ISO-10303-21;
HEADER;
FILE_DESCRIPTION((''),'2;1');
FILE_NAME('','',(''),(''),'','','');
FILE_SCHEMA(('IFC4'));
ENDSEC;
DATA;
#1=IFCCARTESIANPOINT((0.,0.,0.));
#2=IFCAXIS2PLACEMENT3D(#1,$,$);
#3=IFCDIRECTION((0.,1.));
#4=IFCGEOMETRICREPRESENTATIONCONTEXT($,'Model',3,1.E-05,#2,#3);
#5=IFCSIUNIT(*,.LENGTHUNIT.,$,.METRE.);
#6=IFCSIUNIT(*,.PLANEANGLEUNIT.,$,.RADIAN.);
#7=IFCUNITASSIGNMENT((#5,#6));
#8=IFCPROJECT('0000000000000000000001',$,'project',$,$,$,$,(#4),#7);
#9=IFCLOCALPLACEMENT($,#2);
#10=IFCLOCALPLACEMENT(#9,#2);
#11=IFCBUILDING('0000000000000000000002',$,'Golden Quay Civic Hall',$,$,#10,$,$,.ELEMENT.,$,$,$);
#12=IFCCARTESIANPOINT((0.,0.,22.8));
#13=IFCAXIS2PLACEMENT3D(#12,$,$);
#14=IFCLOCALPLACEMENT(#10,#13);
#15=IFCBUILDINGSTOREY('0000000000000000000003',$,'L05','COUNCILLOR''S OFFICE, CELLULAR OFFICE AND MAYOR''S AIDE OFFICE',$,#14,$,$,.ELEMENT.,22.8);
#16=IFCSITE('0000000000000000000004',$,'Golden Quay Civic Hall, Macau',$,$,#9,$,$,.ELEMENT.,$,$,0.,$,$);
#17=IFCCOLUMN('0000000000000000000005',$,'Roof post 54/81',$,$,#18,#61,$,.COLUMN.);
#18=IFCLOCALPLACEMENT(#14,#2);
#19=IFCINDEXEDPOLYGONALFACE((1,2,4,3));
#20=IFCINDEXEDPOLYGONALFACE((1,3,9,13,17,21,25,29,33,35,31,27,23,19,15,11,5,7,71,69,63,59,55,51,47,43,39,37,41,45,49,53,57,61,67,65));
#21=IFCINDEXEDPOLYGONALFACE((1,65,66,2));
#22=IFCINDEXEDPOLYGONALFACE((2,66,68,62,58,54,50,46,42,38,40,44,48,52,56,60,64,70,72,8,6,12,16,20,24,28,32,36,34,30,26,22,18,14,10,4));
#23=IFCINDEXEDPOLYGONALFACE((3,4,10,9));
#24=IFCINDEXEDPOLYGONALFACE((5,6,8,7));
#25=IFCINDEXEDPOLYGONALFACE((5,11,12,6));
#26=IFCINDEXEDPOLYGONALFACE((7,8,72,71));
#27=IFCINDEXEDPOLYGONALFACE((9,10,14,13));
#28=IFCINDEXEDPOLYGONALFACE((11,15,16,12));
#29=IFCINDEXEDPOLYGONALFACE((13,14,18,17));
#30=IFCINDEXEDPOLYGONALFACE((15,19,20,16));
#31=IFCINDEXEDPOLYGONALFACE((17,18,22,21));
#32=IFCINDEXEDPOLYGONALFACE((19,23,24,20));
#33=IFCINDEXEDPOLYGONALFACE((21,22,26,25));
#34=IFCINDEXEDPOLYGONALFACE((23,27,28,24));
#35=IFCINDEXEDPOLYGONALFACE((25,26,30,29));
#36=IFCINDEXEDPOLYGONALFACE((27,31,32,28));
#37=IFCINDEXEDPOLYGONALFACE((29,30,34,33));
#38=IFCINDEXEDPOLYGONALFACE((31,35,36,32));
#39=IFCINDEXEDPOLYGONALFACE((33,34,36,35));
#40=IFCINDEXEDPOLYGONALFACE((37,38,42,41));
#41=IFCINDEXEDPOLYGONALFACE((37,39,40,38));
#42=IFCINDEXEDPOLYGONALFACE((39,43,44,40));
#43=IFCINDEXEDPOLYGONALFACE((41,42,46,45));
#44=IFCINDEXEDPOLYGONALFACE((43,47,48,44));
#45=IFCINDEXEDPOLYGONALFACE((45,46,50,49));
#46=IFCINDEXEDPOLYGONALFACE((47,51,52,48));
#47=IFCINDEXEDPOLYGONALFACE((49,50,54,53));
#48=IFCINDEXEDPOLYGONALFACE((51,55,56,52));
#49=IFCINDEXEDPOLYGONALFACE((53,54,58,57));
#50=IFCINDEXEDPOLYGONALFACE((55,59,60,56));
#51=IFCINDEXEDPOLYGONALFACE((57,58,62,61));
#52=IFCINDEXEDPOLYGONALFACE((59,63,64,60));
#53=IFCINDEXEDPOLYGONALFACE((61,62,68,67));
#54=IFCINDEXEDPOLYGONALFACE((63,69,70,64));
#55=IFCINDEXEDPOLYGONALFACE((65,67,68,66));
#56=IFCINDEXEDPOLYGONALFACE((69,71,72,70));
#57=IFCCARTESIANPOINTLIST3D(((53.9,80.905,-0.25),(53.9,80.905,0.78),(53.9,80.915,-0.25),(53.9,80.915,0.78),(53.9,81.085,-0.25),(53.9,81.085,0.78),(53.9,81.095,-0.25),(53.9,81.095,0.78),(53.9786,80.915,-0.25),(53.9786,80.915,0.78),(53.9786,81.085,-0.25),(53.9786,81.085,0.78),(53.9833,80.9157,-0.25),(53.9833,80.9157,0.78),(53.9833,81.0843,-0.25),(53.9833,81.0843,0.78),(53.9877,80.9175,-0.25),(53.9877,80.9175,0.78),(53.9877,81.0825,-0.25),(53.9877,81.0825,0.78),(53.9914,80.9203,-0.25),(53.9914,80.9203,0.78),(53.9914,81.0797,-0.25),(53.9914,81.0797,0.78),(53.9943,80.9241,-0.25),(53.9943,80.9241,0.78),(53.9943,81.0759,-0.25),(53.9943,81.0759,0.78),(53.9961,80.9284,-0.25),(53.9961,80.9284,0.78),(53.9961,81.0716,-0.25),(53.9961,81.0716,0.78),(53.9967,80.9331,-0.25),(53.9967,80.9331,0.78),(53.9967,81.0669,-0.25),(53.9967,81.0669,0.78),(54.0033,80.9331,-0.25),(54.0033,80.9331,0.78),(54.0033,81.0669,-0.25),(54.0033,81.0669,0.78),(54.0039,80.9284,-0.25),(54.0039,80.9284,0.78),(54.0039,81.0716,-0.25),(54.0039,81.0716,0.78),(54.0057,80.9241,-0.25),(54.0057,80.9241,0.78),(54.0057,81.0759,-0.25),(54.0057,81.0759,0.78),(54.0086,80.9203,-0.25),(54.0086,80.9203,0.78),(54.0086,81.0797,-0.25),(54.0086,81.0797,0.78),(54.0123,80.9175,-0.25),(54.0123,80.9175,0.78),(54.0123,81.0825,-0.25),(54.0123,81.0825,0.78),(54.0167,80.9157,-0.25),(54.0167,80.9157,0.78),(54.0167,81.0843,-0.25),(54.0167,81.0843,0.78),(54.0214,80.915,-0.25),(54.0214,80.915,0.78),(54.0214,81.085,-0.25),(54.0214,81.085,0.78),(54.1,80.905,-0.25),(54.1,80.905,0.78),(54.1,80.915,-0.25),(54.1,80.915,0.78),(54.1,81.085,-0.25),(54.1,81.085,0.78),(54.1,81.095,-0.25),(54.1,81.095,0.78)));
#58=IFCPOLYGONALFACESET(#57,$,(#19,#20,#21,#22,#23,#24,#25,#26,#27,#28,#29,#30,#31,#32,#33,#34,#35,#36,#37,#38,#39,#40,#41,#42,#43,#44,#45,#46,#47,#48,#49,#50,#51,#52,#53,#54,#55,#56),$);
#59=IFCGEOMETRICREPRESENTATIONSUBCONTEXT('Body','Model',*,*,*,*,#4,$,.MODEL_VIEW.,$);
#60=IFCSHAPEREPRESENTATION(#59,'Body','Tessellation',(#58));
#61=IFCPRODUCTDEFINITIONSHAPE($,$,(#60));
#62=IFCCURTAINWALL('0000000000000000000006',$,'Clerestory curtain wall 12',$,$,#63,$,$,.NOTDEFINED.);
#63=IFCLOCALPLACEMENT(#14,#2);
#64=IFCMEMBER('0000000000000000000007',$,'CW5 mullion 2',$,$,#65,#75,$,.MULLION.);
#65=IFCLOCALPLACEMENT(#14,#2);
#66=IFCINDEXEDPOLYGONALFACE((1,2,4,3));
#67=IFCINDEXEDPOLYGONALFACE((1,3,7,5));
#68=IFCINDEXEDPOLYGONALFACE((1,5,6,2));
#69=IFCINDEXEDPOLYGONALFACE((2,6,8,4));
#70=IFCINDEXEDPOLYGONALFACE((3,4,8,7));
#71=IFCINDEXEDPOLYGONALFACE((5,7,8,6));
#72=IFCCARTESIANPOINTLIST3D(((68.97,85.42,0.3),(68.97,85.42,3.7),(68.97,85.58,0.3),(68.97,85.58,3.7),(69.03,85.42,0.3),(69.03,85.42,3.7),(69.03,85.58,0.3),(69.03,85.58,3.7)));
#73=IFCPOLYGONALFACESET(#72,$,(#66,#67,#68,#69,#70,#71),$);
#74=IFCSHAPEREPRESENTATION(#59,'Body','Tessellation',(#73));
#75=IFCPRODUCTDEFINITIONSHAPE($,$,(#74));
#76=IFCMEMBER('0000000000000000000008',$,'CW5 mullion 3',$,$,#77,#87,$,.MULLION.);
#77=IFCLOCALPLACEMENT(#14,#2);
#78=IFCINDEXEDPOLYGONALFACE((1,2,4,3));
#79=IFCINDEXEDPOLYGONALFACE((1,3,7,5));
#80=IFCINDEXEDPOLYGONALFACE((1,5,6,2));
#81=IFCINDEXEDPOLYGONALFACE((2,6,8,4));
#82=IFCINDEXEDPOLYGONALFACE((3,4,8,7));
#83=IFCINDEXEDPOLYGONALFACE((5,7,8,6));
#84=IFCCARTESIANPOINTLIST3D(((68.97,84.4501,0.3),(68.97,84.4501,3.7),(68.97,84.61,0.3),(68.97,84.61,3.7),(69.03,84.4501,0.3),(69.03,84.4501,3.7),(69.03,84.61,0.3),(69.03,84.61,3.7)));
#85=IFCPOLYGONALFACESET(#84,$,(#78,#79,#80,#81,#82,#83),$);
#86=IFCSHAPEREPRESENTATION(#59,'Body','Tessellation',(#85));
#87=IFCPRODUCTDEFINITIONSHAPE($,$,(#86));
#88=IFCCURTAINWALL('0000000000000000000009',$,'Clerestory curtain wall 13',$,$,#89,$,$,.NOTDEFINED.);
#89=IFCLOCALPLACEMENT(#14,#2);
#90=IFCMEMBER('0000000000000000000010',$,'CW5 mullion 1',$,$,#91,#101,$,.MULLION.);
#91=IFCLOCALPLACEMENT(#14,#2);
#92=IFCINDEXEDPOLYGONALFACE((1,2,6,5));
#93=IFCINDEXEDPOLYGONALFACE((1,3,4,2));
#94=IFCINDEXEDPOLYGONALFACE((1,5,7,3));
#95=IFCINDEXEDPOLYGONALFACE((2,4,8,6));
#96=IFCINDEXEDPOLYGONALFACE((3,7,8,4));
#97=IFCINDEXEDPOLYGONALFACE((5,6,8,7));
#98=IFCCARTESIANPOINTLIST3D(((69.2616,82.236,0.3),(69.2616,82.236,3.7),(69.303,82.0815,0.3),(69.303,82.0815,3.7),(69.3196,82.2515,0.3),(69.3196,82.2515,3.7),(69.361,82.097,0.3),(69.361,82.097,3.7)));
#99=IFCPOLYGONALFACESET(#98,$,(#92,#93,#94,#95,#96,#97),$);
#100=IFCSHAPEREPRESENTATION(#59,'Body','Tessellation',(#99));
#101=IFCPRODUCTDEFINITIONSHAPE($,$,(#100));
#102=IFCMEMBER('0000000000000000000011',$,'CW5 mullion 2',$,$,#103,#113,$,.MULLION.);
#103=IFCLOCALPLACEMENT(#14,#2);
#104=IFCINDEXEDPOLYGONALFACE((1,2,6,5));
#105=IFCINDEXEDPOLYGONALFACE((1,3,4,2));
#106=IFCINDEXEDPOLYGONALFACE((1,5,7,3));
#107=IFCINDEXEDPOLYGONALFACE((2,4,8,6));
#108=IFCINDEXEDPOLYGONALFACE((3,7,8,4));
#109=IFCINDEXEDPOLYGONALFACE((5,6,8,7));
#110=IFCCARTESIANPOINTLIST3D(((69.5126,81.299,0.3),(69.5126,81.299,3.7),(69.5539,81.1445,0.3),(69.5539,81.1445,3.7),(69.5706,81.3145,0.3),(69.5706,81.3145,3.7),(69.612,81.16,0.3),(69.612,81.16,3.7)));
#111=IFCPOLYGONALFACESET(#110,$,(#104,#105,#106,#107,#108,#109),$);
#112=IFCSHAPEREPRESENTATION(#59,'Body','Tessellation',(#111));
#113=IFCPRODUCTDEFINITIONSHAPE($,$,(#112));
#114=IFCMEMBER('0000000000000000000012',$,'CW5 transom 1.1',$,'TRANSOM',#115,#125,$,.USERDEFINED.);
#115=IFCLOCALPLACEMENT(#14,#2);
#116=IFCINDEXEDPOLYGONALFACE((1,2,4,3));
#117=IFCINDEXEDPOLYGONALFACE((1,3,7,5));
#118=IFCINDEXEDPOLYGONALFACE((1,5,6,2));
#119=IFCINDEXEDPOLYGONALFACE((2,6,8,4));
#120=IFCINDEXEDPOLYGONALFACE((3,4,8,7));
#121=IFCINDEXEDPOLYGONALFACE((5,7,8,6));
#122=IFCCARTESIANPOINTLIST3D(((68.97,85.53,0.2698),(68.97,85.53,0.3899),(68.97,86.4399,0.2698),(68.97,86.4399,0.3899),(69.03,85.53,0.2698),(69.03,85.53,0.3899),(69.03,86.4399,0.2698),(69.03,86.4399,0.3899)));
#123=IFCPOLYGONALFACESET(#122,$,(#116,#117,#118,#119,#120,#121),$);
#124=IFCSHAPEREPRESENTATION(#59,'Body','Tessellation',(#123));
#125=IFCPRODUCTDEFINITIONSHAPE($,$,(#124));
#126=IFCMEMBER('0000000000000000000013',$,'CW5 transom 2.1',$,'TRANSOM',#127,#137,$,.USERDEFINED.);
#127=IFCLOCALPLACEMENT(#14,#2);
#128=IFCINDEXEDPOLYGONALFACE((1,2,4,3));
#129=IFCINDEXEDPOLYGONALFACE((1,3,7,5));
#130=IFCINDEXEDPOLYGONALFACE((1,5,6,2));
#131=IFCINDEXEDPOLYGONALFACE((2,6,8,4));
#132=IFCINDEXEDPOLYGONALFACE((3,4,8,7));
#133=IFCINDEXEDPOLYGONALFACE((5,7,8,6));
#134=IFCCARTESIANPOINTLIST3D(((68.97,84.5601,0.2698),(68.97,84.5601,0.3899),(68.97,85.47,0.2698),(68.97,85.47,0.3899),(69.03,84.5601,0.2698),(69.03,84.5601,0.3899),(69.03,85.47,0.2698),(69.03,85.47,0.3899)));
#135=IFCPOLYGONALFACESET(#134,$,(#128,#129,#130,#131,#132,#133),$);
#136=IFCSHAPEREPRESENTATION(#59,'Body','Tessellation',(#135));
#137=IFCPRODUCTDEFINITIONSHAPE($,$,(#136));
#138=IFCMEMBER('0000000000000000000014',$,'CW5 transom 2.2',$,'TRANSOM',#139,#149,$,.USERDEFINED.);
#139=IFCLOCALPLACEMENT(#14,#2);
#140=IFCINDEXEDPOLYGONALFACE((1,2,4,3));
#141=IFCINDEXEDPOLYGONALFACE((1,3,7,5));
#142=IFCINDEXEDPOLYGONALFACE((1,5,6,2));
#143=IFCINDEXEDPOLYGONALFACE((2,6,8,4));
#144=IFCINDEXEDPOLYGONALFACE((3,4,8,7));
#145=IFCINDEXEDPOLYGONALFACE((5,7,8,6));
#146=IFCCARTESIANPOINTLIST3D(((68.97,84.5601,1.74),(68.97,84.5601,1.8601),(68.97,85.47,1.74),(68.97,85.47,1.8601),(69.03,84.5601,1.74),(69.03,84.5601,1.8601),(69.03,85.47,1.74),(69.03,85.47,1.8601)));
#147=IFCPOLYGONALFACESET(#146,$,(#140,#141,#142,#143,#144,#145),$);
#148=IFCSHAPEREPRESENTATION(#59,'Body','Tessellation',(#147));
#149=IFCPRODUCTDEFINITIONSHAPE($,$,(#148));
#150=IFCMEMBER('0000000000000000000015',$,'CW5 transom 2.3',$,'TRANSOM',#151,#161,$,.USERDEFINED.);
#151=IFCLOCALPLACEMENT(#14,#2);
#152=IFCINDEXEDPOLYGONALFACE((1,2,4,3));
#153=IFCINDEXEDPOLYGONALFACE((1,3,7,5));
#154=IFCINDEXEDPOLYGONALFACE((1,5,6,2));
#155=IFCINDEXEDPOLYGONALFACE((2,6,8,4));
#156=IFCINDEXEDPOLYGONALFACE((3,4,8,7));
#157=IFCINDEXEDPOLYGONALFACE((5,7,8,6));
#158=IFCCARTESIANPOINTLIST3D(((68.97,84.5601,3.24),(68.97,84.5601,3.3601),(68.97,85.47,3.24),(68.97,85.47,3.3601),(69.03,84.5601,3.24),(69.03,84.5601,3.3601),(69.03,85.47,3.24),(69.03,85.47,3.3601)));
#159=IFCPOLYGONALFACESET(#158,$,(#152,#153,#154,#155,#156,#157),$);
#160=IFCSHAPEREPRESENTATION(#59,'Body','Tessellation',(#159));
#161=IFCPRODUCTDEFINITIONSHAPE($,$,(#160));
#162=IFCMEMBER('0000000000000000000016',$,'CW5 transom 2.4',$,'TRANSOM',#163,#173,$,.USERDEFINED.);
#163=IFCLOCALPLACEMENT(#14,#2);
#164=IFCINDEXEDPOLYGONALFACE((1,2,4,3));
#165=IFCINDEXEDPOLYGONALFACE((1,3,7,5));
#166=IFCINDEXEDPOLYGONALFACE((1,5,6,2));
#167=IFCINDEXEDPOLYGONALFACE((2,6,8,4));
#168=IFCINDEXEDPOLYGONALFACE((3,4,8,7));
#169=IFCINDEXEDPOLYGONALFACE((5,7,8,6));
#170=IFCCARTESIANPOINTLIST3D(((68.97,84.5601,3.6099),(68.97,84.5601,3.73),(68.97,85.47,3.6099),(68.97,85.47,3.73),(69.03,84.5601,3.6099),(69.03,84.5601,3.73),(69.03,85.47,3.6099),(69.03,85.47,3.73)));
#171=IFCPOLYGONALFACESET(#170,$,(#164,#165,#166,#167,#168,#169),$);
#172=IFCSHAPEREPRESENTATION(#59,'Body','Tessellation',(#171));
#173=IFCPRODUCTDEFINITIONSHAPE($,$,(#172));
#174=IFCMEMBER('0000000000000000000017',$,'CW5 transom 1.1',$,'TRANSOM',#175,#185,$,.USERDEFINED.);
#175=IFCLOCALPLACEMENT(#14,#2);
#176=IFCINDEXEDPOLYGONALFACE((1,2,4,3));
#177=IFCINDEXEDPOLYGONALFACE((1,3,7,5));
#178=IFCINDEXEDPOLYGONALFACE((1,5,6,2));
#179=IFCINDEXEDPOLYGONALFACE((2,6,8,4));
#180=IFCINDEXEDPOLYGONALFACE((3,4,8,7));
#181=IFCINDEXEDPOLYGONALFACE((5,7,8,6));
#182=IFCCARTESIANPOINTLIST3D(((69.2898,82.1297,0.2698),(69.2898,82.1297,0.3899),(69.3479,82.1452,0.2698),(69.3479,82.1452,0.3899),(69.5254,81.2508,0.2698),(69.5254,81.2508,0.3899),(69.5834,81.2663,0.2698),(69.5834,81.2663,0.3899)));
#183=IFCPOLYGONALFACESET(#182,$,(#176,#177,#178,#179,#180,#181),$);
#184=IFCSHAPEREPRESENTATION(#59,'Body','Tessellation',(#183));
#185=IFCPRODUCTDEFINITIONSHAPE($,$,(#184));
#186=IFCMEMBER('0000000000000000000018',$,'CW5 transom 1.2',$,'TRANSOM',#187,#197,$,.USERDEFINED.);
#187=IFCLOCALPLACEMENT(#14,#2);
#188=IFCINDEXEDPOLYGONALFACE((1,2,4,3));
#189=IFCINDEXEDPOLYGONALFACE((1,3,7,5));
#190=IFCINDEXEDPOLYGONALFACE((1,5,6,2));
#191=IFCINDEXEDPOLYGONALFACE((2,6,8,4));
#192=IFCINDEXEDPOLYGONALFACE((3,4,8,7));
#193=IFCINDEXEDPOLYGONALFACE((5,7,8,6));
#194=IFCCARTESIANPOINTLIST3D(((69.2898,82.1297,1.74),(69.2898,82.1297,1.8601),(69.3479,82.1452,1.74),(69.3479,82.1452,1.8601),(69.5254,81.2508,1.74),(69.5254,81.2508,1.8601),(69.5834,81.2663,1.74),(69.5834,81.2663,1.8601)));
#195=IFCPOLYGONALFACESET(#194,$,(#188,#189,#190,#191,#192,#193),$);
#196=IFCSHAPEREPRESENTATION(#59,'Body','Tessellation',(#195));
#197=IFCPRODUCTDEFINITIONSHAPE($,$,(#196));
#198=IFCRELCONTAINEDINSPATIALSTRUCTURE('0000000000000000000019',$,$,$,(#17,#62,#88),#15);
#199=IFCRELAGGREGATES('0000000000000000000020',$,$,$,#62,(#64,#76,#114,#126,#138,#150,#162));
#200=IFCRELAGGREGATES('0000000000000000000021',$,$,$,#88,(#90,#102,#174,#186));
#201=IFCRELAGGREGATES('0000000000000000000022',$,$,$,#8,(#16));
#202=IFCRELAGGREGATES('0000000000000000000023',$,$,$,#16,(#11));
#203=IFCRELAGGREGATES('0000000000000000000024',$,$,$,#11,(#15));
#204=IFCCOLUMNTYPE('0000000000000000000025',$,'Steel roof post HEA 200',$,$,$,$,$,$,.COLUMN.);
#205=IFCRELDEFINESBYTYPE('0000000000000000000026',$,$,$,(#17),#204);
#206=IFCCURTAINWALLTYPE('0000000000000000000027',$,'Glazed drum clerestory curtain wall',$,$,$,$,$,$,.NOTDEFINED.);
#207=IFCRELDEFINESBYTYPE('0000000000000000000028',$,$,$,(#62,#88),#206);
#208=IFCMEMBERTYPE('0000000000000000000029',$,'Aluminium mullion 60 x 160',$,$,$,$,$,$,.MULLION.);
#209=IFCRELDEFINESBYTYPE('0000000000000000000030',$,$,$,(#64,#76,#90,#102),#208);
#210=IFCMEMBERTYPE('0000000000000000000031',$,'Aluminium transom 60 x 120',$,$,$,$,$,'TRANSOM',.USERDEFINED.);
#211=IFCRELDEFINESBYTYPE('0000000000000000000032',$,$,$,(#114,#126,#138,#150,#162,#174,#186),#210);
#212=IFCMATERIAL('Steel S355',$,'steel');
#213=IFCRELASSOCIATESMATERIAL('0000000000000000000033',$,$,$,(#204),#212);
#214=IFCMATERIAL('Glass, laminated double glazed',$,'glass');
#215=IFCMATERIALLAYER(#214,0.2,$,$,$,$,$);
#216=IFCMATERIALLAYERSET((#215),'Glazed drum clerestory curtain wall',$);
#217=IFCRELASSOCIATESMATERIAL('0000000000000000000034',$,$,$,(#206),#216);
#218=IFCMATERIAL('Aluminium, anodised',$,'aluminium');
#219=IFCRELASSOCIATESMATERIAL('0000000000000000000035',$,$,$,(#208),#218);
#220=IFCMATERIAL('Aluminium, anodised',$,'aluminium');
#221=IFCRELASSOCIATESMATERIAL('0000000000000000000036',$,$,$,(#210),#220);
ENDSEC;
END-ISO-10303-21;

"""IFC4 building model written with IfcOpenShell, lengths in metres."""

from ifc_helpers import new_model, si_unit, direction, frame, origin, origin_2d, place, context, subcontext, project, spatial, rectangle, i_section, extrude, material, layer, layer_set, material_profile, profile_set, type_object, element, aggregate, save


model = new_model("IFC4")

# Units and contexts
model_context = context("Model", 3, precision=1e-05, world=origin(), true_north=direction((0.0, 1.0)))
body_context = subcontext(model_context, "Body", "Model", "MODEL_VIEW")
ifc_project = project(units=[si_unit("LENGTHUNIT", "METRE"), si_unit("PLANEANGLEUNIT", "RADIAN")], contexts=[model_context])

# Site, building, storey
site_placement = place(None, origin())
site = spatial("IfcSite", under=ifc_project, at=site_placement, Name="Golden Quay Civic Hall, Macau", CompositionType="ELEMENT", RefElevation=0.0)
building_placement = place(site_placement, origin())
building = spatial("IfcBuilding", under=site, at=building_placement, Name="Golden Quay Civic Hall", CompositionType="ELEMENT")
storey_placement = place(building_placement, frame((0.0, 0.0, 22.8)))
storey = spatial("IfcBuildingStorey", under=building, at=storey_placement, Name="L05", Description="COUNCILLOR'S OFFICE, CELLULAR OFFICE AND MAYOR'S AIDE OFFICE", CompositionType="ELEMENT", Elevation=22.8)

# Column
ifc_material_1 = material(Name="Steel S355", Category="steel")
ifc_material_profile_1 = material_profile(ifc_material_1, i_section(OverallWidth=0.2, OverallDepth=0.1899, WebThickness=0.0066, FlangeThickness=0.01, FilletRadius=0.0181, at=origin_2d()), Name="HEA 200")
ifc_profile_set_1 = profile_set([ifc_material_profile_1], Name="Steel S355")
column_type = type_object("IfcColumnType", Name="Steel roof post HEA 200", PredefinedType="COLUMN", material=ifc_profile_set_1)
column_placement = place(storey_placement, frame((54.0, 81.0, -0.25), z_axis=(0.0, 0.0, 1.0), x_axis=(1.0, 0.0, 0.0)))
element("IfcColumn", 1, at=column_placement, inside=storey, type_object=column_type, Name="Roof post 54/81", PredefinedType="COLUMN", context=body_context, shape_type="SweptSolid", body=[
    extrude(i_section(OverallWidth=0.2, OverallDepth=0.1899, WebThickness=0.0066, FlangeThickness=0.01, FilletRadius=0.0181, at=origin_2d()), origin(), (0.0, 0.0, 1.0), 1.03),
])

# Curtain walls, members
ifc_material_2 = material(Name="Glass, laminated double glazed", Category="glass")
ifc_layer_1 = layer(ifc_material_2, 0.2)
ifc_layer_set_1 = layer_set([ifc_layer_1], Name="Glazed drum clerestory curtain wall")
curtain_wall_type = type_object("IfcCurtainWallType", Name="Glazed drum clerestory curtain wall", PredefinedType="NOTDEFINED", material=ifc_layer_set_1)
curtain_wall_1_placement = place(storey_placement, origin())
curtain_wall_1 = element("IfcCurtainWall", 2, at=curtain_wall_1_placement, inside=storey, type_object=curtain_wall_type, Name="Clerestory curtain wall 12", PredefinedType="NOTDEFINED")
ifc_material_3 = material(Name="Aluminium, anodised", Category="aluminium")
ifc_material_profile_2 = material_profile(ifc_material_3, rectangle(XDim=0.0601, YDim=0.1599, at=origin_2d()), Name="Aluminium 60 x 160")
ifc_profile_set_2 = profile_set([ifc_material_profile_2], Name="Aluminium, anodised")
member_type_1 = type_object("IfcMemberType", Name="Aluminium mullion 60 x 160", PredefinedType="MULLION", material=ifc_profile_set_2)
member_1_placement = place(storey_placement, frame((69.0, 85.5, 0.3), z_axis=(0.0, 0.0, 1.0), x_axis=(1.0, 0.0, 0.0)))
member_1 = element("IfcMember", 3, at=member_1_placement, type_object=member_type_1, Name="CW5 mullion 2", PredefinedType="MULLION", context=body_context, shape_type="SweptSolid", body=[
    extrude(rectangle(XDim=0.0601, YDim=0.1599, at=origin_2d()), origin(), (0.0, 0.0, 1.0), 3.3999),
])
member_2_placement = place(storey_placement, frame((69.0, 84.53, 0.3), z_axis=(0.0, 0.0, 1.0), x_axis=(1.0, 0.0, 0.0)))
member_2 = element("IfcMember", 4, at=member_2_placement, type_object=member_type_1, Name="CW5 mullion 3", PredefinedType="MULLION", context=body_context, shape_type="SweptSolid", body=[
    extrude(rectangle(XDim=0.0601, YDim=0.1599, at=origin_2d()), origin(), (0.0, 0.0, 1.0), 3.3999),
])
curtain_wall_2_placement = place(storey_placement, origin())
curtain_wall_2 = element("IfcCurtainWall", 5, at=curtain_wall_2_placement, inside=storey, type_object=curtain_wall_type, Name="Clerestory curtain wall 13", PredefinedType="NOTDEFINED")
member_3_placement = place(storey_placement, frame((69.3113, 82.1665, 0.3), z_axis=(0.0, 0.0, 1.0), x_axis=(0.965929, 0.258808, 0.0)))
member_3 = element("IfcMember", 6, at=member_3_placement, type_object=member_type_1, Name="CW5 mullion 1", PredefinedType="MULLION", context=body_context, shape_type="SweptSolid", body=[
    extrude(rectangle(XDim=0.0601, YDim=0.1599, at=origin_2d()), origin(), (0.0, 0.0, 1.0), 3.3999),
])
member_4_placement = place(storey_placement, frame((69.5623, 81.2295, 0.3), z_axis=(0.0, 0.0, 1.0), x_axis=(0.965929, 0.258808, 0.0)))
member_4 = element("IfcMember", 7, at=member_4_placement, type_object=member_type_1, Name="CW5 mullion 2", PredefinedType="MULLION", context=body_context, shape_type="SweptSolid", body=[
    extrude(rectangle(XDim=0.0601, YDim=0.1599, at=origin_2d()), origin(), (0.0, 0.0, 1.0), 3.3999),
])

# Members
ifc_material_4 = material(Name="Aluminium, anodised", Category="aluminium")
ifc_material_profile_3 = material_profile(ifc_material_4, rectangle(XDim=0.0601, YDim=0.1201, at=origin_2d()), Name="Aluminium 60 x 120")
ifc_profile_set_3 = profile_set([ifc_material_profile_3], Name="Aluminium, anodised")
member_type_2 = type_object("IfcMemberType", Name="Aluminium transom 60 x 120", ElementType="TRANSOM", PredefinedType="USERDEFINED", material=ifc_profile_set_3)
member_5_placement = place(storey_placement, frame((69.0, 86.4399, 0.3298), z_axis=(0.0, -1.0, 0.0), x_axis=(1.0, 0.0, 0.0)))
member_5 = element("IfcMember", 8, at=member_5_placement, type_object=member_type_2, Name="CW5 transom 1.1", ObjectType="TRANSOM", PredefinedType="USERDEFINED", context=body_context, shape_type="SweptSolid", body=[
    extrude(rectangle(XDim=0.0601, YDim=0.1201, at=origin_2d()), origin(), (0.0, 0.0, 1.0), 0.9099),
])
member_6_placement = place(storey_placement, frame((69.0, 85.47, 0.3298), z_axis=(0.0, -1.0, 0.0), x_axis=(1.0, 0.0, 0.0)))
member_6 = element("IfcMember", 9, at=member_6_placement, type_object=member_type_2, Name="CW5 transom 2.1", ObjectType="TRANSOM", PredefinedType="USERDEFINED", context=body_context, shape_type="SweptSolid", body=[
    extrude(rectangle(XDim=0.0601, YDim=0.1201, at=origin_2d()), origin(), (0.0, 0.0, 1.0), 0.9099),
])
member_7_placement = place(storey_placement, frame((69.0, 85.47, 1.8), z_axis=(0.0, -1.0, 0.0), x_axis=(1.0, 0.0, 0.0)))
member_7 = element("IfcMember", 10, at=member_7_placement, type_object=member_type_2, Name="CW5 transom 2.2", ObjectType="TRANSOM", PredefinedType="USERDEFINED", context=body_context, shape_type="SweptSolid", body=[
    extrude(rectangle(XDim=0.0601, YDim=0.1201, at=origin_2d()), origin(), (0.0, 0.0, 1.0), 0.9099),
])
member_8_placement = place(storey_placement, frame((69.0, 85.47, 3.3), z_axis=(0.0, -1.0, 0.0), x_axis=(1.0, 0.0, 0.0)))
member_8 = element("IfcMember", 11, at=member_8_placement, type_object=member_type_2, Name="CW5 transom 2.3", ObjectType="TRANSOM", PredefinedType="USERDEFINED", context=body_context, shape_type="SweptSolid", body=[
    extrude(rectangle(XDim=0.0601, YDim=0.1201, at=origin_2d()), origin(), (0.0, 0.0, 1.0), 0.9099),
])
member_9_placement = place(storey_placement, frame((69.0, 85.47, 3.6699), z_axis=(0.0, -1.0, 0.0), x_axis=(1.0, 0.0, 0.0)))
member_9 = element("IfcMember", 12, at=member_9_placement, type_object=member_type_2, Name="CW5 transom 2.4", ObjectType="TRANSOM", PredefinedType="USERDEFINED", context=body_context, shape_type="SweptSolid", body=[
    extrude(rectangle(XDim=0.0601, YDim=0.1201, at=origin_2d()), origin(), (0.0, 0.0, 1.0), 0.9099),
])
member_10_placement = place(storey_placement, frame((69.3188, 82.1375, 0.3298), z_axis=(0.258915, -0.9659, 0.0), x_axis=(0.9659, 0.258915, 0.0)))
member_10 = element("IfcMember", 13, at=member_10_placement, type_object=member_type_2, Name="CW5 transom 1.1", ObjectType="TRANSOM", PredefinedType="USERDEFINED", context=body_context, shape_type="SweptSolid", body=[
    extrude(rectangle(XDim=0.0601, YDim=0.1201, at=origin_2d()), origin(), (0.0, 0.0, 1.0), 0.9099),
])
member_11_placement = place(storey_placement, frame((69.3188, 82.1375, 1.8), z_axis=(0.258915, -0.9659, 0.0), x_axis=(0.9659, 0.258915, 0.0)))
member_11 = element("IfcMember", 14, at=member_11_placement, type_object=member_type_2, Name="CW5 transom 1.2", ObjectType="TRANSOM", PredefinedType="USERDEFINED", context=body_context, shape_type="SweptSolid", body=[
    extrude(rectangle(XDim=0.0601, YDim=0.1201, at=origin_2d()), origin(), (0.0, 0.0, 1.0), 0.9099),
])

aggregate(curtain_wall_1, [member_1, member_2, member_5, member_6, member_7, member_8, member_9])
aggregate(curtain_wall_2, [member_3, member_4, member_10, member_11])

save(model, "model.ifc")
